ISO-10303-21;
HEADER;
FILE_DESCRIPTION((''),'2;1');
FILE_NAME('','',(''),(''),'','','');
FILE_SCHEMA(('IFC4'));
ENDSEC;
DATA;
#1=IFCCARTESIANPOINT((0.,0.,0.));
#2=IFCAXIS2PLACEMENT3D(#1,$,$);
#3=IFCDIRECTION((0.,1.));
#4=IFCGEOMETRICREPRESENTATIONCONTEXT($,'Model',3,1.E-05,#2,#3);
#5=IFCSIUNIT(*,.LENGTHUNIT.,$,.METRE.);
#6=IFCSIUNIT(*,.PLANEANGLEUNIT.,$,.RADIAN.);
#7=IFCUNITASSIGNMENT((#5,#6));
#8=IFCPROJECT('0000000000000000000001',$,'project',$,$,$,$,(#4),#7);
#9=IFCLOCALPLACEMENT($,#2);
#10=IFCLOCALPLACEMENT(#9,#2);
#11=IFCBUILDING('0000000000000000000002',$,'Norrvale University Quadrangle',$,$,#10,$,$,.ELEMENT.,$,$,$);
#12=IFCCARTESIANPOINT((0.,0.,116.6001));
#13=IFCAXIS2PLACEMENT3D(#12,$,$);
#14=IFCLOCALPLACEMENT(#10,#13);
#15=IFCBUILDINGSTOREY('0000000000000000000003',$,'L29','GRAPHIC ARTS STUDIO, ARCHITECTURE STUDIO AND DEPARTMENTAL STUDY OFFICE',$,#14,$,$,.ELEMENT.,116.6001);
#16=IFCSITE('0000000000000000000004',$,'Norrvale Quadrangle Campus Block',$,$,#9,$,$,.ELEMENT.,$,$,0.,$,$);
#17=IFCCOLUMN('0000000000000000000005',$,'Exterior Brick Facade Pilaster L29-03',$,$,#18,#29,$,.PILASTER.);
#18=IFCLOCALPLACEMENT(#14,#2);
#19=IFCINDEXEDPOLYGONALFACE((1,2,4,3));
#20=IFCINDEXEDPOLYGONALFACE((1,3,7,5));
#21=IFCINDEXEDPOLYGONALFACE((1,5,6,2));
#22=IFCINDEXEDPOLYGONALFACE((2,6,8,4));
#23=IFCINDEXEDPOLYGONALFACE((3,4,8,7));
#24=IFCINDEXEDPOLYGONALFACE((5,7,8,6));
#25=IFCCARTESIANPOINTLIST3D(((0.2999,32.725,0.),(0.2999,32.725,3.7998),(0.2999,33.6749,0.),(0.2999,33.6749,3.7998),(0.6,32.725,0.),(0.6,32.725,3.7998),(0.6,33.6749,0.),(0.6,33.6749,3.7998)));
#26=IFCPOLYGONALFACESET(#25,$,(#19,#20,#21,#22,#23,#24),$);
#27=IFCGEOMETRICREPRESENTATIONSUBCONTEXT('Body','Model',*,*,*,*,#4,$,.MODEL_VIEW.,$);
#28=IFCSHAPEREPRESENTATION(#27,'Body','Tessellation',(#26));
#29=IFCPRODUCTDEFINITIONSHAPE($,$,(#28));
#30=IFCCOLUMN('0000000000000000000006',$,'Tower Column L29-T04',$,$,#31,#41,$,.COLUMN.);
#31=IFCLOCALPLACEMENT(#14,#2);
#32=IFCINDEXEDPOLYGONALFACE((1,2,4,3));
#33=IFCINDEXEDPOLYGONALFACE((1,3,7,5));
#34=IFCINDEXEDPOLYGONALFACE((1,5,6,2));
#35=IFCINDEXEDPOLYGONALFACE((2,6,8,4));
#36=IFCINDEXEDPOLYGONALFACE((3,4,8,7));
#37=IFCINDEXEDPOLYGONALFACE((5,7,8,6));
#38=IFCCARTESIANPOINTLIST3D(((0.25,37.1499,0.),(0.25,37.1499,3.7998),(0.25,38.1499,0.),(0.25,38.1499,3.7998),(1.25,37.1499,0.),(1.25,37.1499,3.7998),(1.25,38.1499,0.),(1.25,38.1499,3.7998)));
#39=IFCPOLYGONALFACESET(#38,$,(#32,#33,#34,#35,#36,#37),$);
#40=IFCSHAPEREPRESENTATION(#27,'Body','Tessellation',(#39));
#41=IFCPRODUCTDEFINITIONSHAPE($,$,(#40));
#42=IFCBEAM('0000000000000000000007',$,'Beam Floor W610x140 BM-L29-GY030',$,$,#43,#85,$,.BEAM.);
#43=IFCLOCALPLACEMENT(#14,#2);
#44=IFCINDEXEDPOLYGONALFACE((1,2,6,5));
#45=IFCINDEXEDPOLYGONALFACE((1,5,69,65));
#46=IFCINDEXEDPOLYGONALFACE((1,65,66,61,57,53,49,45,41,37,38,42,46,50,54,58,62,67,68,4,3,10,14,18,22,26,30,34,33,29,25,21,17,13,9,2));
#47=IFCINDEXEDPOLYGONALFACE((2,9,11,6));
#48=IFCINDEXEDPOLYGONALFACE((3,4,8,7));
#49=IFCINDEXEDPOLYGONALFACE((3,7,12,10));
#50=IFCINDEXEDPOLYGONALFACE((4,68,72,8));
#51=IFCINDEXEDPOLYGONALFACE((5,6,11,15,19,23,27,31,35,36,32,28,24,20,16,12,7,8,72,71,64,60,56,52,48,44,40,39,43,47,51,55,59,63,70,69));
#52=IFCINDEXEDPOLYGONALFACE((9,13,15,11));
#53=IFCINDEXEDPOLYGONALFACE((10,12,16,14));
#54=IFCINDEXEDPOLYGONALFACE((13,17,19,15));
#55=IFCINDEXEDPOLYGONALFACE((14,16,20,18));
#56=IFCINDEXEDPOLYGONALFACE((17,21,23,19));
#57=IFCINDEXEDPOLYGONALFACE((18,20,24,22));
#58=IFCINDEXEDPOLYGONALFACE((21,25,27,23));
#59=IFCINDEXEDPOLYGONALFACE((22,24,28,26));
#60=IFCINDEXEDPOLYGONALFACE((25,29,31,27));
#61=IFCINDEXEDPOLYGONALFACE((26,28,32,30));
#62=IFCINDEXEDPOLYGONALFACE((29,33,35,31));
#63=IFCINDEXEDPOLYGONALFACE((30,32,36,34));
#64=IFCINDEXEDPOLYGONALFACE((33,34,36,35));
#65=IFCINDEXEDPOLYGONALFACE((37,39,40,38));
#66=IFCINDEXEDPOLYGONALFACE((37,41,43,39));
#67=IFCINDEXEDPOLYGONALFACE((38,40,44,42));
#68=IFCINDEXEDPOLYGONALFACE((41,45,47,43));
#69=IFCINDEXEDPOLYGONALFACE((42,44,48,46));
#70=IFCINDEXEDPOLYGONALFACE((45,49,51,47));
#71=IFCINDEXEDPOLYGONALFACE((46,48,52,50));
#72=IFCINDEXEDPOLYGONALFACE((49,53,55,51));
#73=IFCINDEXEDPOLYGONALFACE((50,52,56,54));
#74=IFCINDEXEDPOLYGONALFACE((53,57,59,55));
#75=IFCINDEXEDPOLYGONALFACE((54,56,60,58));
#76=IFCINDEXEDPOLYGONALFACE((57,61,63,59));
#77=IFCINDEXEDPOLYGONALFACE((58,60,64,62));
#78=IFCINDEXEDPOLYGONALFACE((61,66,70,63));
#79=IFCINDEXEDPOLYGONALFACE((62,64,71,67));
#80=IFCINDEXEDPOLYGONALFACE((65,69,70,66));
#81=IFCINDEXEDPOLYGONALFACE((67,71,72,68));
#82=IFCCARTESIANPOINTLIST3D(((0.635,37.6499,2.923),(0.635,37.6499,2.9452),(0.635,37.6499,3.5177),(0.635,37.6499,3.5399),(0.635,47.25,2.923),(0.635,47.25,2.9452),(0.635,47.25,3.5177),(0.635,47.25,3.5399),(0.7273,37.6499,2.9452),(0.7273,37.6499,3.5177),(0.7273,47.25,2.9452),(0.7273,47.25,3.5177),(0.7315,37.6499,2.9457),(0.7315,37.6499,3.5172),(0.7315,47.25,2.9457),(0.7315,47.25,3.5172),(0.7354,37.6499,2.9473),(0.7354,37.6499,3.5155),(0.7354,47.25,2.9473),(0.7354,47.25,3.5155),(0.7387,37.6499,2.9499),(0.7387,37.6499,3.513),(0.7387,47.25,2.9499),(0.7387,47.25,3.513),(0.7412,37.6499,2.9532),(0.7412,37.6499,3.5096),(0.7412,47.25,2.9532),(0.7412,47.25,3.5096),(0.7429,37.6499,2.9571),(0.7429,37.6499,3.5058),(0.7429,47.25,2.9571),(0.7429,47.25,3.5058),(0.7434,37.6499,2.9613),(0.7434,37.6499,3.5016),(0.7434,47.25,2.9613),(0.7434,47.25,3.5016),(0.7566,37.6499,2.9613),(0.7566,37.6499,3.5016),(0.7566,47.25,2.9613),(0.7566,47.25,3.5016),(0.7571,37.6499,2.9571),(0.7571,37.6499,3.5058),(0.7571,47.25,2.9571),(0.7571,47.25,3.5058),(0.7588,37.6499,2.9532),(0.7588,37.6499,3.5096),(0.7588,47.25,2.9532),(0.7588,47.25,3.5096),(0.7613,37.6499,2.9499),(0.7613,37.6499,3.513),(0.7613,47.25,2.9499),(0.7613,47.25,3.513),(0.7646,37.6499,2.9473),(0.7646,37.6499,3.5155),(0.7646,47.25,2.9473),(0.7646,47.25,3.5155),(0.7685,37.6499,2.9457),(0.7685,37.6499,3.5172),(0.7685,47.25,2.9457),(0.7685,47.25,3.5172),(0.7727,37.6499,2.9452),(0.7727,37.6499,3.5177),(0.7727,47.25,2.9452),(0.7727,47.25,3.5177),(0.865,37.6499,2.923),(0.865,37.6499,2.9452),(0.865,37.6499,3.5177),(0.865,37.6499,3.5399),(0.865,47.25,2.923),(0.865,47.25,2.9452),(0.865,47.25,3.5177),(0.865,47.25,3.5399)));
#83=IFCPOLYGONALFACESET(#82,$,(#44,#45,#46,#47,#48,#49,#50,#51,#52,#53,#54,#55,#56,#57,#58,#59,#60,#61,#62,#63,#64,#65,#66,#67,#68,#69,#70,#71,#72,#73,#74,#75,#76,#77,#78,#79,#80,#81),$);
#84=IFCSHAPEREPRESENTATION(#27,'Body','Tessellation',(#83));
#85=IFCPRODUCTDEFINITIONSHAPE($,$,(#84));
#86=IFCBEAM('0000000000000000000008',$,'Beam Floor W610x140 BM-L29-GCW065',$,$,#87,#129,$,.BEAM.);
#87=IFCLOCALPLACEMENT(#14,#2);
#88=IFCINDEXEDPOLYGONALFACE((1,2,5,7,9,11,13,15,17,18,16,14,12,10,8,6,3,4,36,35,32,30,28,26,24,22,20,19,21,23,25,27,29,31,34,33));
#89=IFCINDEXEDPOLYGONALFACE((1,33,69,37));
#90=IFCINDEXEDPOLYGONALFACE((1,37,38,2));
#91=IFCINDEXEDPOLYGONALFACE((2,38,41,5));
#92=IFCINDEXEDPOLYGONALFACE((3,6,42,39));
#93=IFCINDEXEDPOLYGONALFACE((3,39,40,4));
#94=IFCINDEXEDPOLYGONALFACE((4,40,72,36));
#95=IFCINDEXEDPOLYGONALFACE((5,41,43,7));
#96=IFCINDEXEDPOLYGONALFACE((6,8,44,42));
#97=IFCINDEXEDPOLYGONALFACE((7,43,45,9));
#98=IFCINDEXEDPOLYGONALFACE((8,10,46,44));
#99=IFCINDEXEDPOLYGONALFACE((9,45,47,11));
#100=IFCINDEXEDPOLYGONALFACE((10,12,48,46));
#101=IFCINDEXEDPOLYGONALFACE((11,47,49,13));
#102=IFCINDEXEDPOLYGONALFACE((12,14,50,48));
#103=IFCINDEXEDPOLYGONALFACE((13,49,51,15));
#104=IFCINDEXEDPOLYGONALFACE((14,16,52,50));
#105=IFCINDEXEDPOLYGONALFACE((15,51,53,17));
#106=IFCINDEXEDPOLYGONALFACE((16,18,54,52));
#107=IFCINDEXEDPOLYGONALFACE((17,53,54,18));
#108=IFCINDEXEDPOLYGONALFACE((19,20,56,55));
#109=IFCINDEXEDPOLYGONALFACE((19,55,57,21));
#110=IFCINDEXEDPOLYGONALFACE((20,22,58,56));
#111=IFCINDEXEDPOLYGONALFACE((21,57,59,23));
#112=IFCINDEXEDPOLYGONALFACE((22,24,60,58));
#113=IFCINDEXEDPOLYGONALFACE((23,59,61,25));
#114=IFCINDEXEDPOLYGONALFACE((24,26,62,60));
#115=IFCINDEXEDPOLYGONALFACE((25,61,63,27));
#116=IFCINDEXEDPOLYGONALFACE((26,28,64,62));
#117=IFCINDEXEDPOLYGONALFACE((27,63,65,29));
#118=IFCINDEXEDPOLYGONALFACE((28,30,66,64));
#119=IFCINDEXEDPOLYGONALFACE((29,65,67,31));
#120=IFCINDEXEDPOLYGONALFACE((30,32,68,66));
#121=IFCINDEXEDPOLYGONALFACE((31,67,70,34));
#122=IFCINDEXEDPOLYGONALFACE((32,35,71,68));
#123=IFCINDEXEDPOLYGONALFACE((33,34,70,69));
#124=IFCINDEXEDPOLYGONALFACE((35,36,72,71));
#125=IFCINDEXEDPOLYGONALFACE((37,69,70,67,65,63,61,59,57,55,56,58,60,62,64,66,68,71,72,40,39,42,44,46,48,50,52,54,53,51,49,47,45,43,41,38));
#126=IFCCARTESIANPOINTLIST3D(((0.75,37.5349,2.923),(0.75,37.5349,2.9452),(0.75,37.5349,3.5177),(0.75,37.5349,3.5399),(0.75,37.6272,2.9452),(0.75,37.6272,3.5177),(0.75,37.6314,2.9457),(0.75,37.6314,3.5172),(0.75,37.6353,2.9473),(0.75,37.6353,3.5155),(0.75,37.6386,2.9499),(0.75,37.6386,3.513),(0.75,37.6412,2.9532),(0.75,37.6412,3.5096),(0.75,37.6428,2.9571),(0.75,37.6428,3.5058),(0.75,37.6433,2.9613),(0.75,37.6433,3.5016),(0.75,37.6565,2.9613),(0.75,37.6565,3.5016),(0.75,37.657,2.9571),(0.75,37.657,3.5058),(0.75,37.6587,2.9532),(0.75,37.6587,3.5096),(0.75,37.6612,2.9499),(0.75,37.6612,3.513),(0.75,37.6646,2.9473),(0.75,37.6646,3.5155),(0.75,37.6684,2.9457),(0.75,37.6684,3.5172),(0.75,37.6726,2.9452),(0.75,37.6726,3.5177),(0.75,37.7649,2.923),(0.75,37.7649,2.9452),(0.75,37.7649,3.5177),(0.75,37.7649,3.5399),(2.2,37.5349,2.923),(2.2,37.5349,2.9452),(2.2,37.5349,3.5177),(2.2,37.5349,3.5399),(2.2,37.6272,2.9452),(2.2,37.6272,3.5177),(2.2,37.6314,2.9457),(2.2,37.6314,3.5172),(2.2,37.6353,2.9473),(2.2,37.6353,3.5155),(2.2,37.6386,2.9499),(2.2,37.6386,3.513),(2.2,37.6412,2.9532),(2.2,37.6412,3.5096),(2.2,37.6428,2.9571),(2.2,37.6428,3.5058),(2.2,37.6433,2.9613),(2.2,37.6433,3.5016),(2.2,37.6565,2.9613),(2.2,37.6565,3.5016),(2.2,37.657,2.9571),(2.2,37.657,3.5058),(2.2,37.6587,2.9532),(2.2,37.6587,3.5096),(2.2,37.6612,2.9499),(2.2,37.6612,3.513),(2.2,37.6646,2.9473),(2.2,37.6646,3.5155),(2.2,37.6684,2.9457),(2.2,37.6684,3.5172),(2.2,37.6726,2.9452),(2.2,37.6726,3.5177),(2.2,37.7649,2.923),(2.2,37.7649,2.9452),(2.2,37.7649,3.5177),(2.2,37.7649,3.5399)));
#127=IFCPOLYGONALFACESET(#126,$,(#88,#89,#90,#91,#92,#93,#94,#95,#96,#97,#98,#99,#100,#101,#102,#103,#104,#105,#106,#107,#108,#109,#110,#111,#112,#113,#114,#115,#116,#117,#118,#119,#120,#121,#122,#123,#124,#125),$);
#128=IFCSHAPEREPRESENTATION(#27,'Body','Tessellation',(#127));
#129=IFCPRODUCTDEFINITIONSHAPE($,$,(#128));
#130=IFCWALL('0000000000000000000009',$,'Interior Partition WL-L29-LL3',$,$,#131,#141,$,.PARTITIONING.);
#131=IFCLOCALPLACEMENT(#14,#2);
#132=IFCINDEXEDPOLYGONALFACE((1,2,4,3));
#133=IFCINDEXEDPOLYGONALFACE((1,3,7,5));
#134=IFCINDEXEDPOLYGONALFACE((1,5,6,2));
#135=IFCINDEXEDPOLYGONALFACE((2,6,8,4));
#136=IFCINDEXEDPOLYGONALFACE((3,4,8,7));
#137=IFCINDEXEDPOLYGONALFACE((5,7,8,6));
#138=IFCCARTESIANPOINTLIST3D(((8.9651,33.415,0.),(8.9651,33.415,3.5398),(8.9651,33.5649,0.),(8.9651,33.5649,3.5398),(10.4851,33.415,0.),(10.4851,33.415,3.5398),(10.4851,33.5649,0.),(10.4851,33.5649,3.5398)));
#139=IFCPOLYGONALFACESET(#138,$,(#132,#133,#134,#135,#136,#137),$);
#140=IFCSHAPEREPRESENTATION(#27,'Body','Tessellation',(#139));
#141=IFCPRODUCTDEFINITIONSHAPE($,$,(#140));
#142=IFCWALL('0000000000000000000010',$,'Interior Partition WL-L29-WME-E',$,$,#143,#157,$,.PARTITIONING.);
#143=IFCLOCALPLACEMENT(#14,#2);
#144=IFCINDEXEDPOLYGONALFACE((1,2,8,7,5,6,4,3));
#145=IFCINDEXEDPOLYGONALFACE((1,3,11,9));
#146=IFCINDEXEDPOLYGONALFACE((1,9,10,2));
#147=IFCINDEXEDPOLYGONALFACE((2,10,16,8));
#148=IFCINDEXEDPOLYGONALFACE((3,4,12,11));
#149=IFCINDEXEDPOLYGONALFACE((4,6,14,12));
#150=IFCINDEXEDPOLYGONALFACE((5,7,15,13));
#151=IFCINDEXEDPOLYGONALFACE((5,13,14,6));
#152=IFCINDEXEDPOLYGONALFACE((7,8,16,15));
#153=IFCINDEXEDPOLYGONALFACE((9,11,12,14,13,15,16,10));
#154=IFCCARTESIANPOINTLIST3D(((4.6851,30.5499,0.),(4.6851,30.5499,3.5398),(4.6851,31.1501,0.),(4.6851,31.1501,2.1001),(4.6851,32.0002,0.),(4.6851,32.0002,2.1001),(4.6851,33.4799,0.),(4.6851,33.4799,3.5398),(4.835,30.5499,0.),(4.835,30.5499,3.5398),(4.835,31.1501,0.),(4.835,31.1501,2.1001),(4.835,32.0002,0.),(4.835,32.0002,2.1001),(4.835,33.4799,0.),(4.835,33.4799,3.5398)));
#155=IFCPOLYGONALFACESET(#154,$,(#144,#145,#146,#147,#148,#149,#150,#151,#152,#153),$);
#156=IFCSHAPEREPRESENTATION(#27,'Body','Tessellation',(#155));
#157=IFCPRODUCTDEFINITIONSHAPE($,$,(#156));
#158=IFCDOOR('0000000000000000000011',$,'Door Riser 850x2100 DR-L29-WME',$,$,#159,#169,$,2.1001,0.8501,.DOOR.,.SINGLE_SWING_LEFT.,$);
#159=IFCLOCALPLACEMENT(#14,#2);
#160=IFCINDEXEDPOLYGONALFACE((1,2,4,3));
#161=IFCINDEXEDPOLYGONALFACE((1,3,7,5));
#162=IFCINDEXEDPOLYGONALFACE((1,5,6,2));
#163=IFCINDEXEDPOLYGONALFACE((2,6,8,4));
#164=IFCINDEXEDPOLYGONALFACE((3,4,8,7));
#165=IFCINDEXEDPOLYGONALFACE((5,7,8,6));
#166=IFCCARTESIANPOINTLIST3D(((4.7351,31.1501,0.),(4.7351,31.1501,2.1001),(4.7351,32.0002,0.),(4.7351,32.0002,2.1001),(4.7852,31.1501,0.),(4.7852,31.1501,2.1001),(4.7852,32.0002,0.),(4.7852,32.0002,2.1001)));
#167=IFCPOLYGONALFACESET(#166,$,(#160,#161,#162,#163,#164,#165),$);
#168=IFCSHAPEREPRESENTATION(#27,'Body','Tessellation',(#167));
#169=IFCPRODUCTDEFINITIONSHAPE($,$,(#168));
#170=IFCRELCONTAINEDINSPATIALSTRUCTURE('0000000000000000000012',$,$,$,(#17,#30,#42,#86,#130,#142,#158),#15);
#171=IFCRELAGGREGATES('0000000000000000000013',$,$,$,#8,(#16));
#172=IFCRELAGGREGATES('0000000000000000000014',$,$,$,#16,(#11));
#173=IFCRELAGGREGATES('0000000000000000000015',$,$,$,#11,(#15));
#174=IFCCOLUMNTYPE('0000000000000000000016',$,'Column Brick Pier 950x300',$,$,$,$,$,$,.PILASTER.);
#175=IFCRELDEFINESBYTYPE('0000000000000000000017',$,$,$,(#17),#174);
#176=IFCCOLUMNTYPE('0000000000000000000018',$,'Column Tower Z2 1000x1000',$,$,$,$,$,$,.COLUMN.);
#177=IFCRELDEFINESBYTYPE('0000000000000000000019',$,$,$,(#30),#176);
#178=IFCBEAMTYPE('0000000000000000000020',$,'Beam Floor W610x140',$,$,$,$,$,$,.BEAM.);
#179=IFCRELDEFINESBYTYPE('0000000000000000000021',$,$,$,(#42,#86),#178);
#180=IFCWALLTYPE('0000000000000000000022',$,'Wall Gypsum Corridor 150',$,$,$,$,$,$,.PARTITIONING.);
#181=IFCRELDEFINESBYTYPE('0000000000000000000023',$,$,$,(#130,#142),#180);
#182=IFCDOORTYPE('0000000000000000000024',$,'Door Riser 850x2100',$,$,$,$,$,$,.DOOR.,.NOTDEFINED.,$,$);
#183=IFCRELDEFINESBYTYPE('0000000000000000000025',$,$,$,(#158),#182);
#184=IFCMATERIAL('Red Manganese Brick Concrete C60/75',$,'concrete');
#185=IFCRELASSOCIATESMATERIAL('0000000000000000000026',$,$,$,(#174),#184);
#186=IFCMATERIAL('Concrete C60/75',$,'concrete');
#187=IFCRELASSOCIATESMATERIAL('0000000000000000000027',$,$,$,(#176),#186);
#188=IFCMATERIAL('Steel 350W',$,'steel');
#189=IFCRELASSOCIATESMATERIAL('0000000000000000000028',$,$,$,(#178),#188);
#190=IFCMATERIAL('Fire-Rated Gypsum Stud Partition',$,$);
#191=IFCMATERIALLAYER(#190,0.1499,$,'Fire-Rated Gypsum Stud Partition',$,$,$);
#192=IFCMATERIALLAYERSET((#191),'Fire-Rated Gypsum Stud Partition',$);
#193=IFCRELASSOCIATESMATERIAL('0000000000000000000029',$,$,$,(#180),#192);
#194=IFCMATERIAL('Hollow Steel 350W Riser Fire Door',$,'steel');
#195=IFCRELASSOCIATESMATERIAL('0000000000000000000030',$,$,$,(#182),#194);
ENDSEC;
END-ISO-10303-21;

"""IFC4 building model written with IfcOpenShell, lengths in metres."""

from ifc_helpers import new_model, si_unit, direction, frame, frame_2d, origin, origin_2d, place, context, subcontext, project, spatial, rectangle, i_section, extrude, material, layer, layer_set, material_profile, profile_set, type_object, element, fill, save


model = new_model("IFC4")

# Units and contexts
model_context = context("Model", 3, precision=1e-05, world=origin(), true_north=direction((0.0, 1.0)))
body_context = subcontext(model_context, "Body", "Model", "MODEL_VIEW")
ifc_project = project(units=[si_unit("LENGTHUNIT", "METRE"), si_unit("PLANEANGLEUNIT", "RADIAN")], contexts=[model_context])

# Site, building, storey
site_placement = place(None, origin())
site = spatial("IfcSite", under=ifc_project, at=site_placement, Name="Norrvale Quadrangle Campus Block", CompositionType="ELEMENT", RefElevation=0.0)
building_placement = place(site_placement, origin())
building = spatial("IfcBuilding", under=site, at=building_placement, Name="Norrvale University Quadrangle", CompositionType="ELEMENT")
storey_placement = place(building_placement, frame((0.0, 0.0, 116.6001)))
storey = spatial("IfcBuildingStorey", under=building, at=storey_placement, Name="L29", Description="GRAPHIC ARTS STUDIO, ARCHITECTURE STUDIO AND DEPARTMENTAL STUDY OFFICE", CompositionType="ELEMENT", Elevation=116.6001)

# Columns
ifc_material_1 = material(Name="Red Manganese Brick Concrete C60/75", Category="concrete")
ifc_material_profile_1 = material_profile(ifc_material_1, rectangle(XDim=0.95, YDim=0.3, at=origin_2d()), Name="Red Manganese Brick Concrete C60/75")
ifc_profile_set_1 = profile_set([ifc_material_profile_1], Name="Red Manganese Brick Concrete C60/75")
column_type_1 = type_object("IfcColumnType", Name="Column Brick Pier 950x300", PredefinedType="PILASTER", material=ifc_profile_set_1)
column_1_placement = place(storey_placement, frame((0.45, 33.2, 0.0), z_axis=(0.0, 0.0, 1.0), x_axis=(0.0, 1.0, 0.0)))
element("IfcColumn", 1, at=column_1_placement, inside=storey, type_object=column_type_1, Name="Exterior Brick Facade Pilaster L29-03", PredefinedType="PILASTER", context=body_context, shape_type="SweptSolid", body=[
    extrude(rectangle(XDim=0.95, YDim=0.3, at=origin_2d()), origin(), (0.0, 0.0, 1.0), 3.7998),
])
ifc_material_2 = material(Name="Concrete C60/75", Category="concrete")
ifc_material_profile_2 = material_profile(ifc_material_2, rectangle(XDim=1.0, YDim=1.0, at=origin_2d()), Name="Concrete C60/75")
ifc_profile_set_2 = profile_set([ifc_material_profile_2], Name="Concrete C60/75")
column_type_2 = type_object("IfcColumnType", Name="Column Tower Z2 1000x1000", PredefinedType="COLUMN", material=ifc_profile_set_2)
column_2_placement = place(storey_placement, frame((0.75, 37.6499, 0.0), z_axis=(0.0, 0.0, 1.0), x_axis=(1.0, 0.0, 0.0)))
element("IfcColumn", 2, at=column_2_placement, inside=storey, type_object=column_type_2, Name="Tower Column L29-T04", PredefinedType="COLUMN", context=body_context, shape_type="SweptSolid", body=[
    extrude(rectangle(XDim=1.0, YDim=1.0, at=origin_2d()), origin(), (0.0, 0.0, 1.0), 3.7998),
])

# Beams
ifc_material_3 = material(Name="Steel 350W", Category="steel")
ifc_material_profile_3 = material_profile(ifc_material_3, i_section(OverallWidth=0.23, OverallDepth=0.6169, WebThickness=0.0132, FlangeThickness=0.0222, FilletRadius=0.0161, at=origin_2d()), Name="Steel 350W")
ifc_profile_set_3 = profile_set([ifc_material_profile_3], Name="Steel 350W")
beam_type = type_object("IfcBeamType", Name="Beam Floor W610x140", PredefinedType="BEAM", material=ifc_profile_set_3)
beam_1_placement = place(storey_placement, frame((0.75, 37.6499, 3.2314), z_axis=(0.0, 1.0, 0.0), x_axis=(-1.0, 0.0, 0.0)))
element("IfcBeam", 3, at=beam_1_placement, inside=storey, type_object=beam_type, Name="Beam Floor W610x140 BM-L29-GY030", PredefinedType="BEAM", context=body_context, shape_type="SweptSolid", body=[
    extrude(i_section(OverallWidth=0.23, OverallDepth=0.6169, WebThickness=0.0132, FlangeThickness=0.0222, FilletRadius=0.0161, at=origin_2d()), origin(), (0.0, 0.0, 1.0), 9.6001),
])
beam_2_placement = place(storey_placement, frame((0.75, 37.6499, 3.2314), z_axis=(1.0, 0.0, 0.0), x_axis=(0.0, 1.0, 0.0)))
element("IfcBeam", 4, at=beam_2_placement, inside=storey, type_object=beam_type, Name="Beam Floor W610x140 BM-L29-GCW065", PredefinedType="BEAM", context=body_context, shape_type="SweptSolid", body=[
    extrude(i_section(OverallWidth=0.23, OverallDepth=0.6169, WebThickness=0.0132, FlangeThickness=0.0222, FilletRadius=0.0161, at=origin_2d()), origin(), (0.0, 0.0, 1.0), 1.45),
])

# Wall
ifc_material_4 = material(Name="Fire-Rated Gypsum Stud Partition")
ifc_layer_1 = layer(ifc_material_4, 0.1499, Name="Fire-Rated Gypsum Stud Partition")
ifc_layer_set_1 = layer_set([ifc_layer_1], Name="Fire-Rated Gypsum Stud Partition")
wall_type_1 = type_object("IfcWallType", Name="Wall Gypsum Corridor 150", PredefinedType="PARTITIONING", material=ifc_layer_set_1)
wall_1_placement = place(storey_placement, frame((8.9651, 33.49, 0.0), z_axis=(0.0, 0.0, 1.0), x_axis=(1.0, 0.0, 0.0)))
element("IfcWall", 5, at=wall_1_placement, inside=storey, type_object=wall_type_1, Name="Interior Partition WL-L29-LL3", PredefinedType="PARTITIONING", context=body_context, shape_type="SweptSolid", body=[
    extrude(rectangle(XDim=1.52, YDim=0.1499, at=frame_2d((0.76, 0.0))), origin(), (0.0, 0.0, 1.0), 3.5398),
])

# Wall, opening, door
wall_2_placement = place(storey_placement, frame((4.76, 30.55, 0.0), z_axis=(0.0, 0.0, 1.0), x_axis=(0.0, 1.0, 0.0)))
wall_2 = element("IfcWall", 6, at=wall_2_placement, inside=storey, type_object=wall_type_1, Name="Interior Partition WL-L29-WME-E", PredefinedType="PARTITIONING", context=body_context, shape_type="SweptSolid", body=[
    extrude(rectangle(XDim=2.9299, YDim=0.1499, at=frame_2d((1.4648, 0.0))), origin(), (0.0, 0.0, 1.0), 3.5398),
])
opening_1_placement = place(wall_2_placement, frame((0.6001, 0.0, 0.0)))
opening_1 = element("IfcOpeningElement", 7, at=opening_1_placement, cuts=wall_2, PredefinedType="OPENING", context=body_context, shape_type="SweptSolid", body=[
    extrude(rectangle(XDim=0.8501, YDim=2.1001, at=frame_2d((0.425, 1.05))), frame((0.0, 0.0869, 0.0), z_axis=(0.0, -1.0, 0.0), x_axis=(1.0, 0.0, 0.0)), (0.0, 0.0, 1.0), 0.1738),
])
ifc_material_5 = material(Name="Hollow Steel 350W Riser Fire Door", Category="steel")
door_type_1 = type_object("IfcDoorType", Name="Door Riser 850x2100", OperationType="NOTDEFINED", PredefinedType="DOOR", material=ifc_material_5)
door_1_placement = place(opening_1_placement, origin())
door_1 = element("IfcDoor", 8, at=door_1_placement, inside=storey, type_object=door_type_1, Name="Door Riser 850x2100 DR-L29-WME", OperationType="SINGLE_SWING_LEFT", OverallHeight=2.1001, OverallWidth=0.8501, PredefinedType="DOOR", context=body_context, shape_type="SweptSolid", body=[
    extrude(rectangle(XDim=0.8501, YDim=2.1001, at=frame_2d((0.425, 1.05))), frame((0.0, 0.0249, 0.0), z_axis=(0.0, -1.0, 0.0), x_axis=(1.0, 0.0, 0.0)), (0.0, 0.0, 1.0), 0.05),
])
fill(opening_1, door_1)

save(model, "model.ifc")
